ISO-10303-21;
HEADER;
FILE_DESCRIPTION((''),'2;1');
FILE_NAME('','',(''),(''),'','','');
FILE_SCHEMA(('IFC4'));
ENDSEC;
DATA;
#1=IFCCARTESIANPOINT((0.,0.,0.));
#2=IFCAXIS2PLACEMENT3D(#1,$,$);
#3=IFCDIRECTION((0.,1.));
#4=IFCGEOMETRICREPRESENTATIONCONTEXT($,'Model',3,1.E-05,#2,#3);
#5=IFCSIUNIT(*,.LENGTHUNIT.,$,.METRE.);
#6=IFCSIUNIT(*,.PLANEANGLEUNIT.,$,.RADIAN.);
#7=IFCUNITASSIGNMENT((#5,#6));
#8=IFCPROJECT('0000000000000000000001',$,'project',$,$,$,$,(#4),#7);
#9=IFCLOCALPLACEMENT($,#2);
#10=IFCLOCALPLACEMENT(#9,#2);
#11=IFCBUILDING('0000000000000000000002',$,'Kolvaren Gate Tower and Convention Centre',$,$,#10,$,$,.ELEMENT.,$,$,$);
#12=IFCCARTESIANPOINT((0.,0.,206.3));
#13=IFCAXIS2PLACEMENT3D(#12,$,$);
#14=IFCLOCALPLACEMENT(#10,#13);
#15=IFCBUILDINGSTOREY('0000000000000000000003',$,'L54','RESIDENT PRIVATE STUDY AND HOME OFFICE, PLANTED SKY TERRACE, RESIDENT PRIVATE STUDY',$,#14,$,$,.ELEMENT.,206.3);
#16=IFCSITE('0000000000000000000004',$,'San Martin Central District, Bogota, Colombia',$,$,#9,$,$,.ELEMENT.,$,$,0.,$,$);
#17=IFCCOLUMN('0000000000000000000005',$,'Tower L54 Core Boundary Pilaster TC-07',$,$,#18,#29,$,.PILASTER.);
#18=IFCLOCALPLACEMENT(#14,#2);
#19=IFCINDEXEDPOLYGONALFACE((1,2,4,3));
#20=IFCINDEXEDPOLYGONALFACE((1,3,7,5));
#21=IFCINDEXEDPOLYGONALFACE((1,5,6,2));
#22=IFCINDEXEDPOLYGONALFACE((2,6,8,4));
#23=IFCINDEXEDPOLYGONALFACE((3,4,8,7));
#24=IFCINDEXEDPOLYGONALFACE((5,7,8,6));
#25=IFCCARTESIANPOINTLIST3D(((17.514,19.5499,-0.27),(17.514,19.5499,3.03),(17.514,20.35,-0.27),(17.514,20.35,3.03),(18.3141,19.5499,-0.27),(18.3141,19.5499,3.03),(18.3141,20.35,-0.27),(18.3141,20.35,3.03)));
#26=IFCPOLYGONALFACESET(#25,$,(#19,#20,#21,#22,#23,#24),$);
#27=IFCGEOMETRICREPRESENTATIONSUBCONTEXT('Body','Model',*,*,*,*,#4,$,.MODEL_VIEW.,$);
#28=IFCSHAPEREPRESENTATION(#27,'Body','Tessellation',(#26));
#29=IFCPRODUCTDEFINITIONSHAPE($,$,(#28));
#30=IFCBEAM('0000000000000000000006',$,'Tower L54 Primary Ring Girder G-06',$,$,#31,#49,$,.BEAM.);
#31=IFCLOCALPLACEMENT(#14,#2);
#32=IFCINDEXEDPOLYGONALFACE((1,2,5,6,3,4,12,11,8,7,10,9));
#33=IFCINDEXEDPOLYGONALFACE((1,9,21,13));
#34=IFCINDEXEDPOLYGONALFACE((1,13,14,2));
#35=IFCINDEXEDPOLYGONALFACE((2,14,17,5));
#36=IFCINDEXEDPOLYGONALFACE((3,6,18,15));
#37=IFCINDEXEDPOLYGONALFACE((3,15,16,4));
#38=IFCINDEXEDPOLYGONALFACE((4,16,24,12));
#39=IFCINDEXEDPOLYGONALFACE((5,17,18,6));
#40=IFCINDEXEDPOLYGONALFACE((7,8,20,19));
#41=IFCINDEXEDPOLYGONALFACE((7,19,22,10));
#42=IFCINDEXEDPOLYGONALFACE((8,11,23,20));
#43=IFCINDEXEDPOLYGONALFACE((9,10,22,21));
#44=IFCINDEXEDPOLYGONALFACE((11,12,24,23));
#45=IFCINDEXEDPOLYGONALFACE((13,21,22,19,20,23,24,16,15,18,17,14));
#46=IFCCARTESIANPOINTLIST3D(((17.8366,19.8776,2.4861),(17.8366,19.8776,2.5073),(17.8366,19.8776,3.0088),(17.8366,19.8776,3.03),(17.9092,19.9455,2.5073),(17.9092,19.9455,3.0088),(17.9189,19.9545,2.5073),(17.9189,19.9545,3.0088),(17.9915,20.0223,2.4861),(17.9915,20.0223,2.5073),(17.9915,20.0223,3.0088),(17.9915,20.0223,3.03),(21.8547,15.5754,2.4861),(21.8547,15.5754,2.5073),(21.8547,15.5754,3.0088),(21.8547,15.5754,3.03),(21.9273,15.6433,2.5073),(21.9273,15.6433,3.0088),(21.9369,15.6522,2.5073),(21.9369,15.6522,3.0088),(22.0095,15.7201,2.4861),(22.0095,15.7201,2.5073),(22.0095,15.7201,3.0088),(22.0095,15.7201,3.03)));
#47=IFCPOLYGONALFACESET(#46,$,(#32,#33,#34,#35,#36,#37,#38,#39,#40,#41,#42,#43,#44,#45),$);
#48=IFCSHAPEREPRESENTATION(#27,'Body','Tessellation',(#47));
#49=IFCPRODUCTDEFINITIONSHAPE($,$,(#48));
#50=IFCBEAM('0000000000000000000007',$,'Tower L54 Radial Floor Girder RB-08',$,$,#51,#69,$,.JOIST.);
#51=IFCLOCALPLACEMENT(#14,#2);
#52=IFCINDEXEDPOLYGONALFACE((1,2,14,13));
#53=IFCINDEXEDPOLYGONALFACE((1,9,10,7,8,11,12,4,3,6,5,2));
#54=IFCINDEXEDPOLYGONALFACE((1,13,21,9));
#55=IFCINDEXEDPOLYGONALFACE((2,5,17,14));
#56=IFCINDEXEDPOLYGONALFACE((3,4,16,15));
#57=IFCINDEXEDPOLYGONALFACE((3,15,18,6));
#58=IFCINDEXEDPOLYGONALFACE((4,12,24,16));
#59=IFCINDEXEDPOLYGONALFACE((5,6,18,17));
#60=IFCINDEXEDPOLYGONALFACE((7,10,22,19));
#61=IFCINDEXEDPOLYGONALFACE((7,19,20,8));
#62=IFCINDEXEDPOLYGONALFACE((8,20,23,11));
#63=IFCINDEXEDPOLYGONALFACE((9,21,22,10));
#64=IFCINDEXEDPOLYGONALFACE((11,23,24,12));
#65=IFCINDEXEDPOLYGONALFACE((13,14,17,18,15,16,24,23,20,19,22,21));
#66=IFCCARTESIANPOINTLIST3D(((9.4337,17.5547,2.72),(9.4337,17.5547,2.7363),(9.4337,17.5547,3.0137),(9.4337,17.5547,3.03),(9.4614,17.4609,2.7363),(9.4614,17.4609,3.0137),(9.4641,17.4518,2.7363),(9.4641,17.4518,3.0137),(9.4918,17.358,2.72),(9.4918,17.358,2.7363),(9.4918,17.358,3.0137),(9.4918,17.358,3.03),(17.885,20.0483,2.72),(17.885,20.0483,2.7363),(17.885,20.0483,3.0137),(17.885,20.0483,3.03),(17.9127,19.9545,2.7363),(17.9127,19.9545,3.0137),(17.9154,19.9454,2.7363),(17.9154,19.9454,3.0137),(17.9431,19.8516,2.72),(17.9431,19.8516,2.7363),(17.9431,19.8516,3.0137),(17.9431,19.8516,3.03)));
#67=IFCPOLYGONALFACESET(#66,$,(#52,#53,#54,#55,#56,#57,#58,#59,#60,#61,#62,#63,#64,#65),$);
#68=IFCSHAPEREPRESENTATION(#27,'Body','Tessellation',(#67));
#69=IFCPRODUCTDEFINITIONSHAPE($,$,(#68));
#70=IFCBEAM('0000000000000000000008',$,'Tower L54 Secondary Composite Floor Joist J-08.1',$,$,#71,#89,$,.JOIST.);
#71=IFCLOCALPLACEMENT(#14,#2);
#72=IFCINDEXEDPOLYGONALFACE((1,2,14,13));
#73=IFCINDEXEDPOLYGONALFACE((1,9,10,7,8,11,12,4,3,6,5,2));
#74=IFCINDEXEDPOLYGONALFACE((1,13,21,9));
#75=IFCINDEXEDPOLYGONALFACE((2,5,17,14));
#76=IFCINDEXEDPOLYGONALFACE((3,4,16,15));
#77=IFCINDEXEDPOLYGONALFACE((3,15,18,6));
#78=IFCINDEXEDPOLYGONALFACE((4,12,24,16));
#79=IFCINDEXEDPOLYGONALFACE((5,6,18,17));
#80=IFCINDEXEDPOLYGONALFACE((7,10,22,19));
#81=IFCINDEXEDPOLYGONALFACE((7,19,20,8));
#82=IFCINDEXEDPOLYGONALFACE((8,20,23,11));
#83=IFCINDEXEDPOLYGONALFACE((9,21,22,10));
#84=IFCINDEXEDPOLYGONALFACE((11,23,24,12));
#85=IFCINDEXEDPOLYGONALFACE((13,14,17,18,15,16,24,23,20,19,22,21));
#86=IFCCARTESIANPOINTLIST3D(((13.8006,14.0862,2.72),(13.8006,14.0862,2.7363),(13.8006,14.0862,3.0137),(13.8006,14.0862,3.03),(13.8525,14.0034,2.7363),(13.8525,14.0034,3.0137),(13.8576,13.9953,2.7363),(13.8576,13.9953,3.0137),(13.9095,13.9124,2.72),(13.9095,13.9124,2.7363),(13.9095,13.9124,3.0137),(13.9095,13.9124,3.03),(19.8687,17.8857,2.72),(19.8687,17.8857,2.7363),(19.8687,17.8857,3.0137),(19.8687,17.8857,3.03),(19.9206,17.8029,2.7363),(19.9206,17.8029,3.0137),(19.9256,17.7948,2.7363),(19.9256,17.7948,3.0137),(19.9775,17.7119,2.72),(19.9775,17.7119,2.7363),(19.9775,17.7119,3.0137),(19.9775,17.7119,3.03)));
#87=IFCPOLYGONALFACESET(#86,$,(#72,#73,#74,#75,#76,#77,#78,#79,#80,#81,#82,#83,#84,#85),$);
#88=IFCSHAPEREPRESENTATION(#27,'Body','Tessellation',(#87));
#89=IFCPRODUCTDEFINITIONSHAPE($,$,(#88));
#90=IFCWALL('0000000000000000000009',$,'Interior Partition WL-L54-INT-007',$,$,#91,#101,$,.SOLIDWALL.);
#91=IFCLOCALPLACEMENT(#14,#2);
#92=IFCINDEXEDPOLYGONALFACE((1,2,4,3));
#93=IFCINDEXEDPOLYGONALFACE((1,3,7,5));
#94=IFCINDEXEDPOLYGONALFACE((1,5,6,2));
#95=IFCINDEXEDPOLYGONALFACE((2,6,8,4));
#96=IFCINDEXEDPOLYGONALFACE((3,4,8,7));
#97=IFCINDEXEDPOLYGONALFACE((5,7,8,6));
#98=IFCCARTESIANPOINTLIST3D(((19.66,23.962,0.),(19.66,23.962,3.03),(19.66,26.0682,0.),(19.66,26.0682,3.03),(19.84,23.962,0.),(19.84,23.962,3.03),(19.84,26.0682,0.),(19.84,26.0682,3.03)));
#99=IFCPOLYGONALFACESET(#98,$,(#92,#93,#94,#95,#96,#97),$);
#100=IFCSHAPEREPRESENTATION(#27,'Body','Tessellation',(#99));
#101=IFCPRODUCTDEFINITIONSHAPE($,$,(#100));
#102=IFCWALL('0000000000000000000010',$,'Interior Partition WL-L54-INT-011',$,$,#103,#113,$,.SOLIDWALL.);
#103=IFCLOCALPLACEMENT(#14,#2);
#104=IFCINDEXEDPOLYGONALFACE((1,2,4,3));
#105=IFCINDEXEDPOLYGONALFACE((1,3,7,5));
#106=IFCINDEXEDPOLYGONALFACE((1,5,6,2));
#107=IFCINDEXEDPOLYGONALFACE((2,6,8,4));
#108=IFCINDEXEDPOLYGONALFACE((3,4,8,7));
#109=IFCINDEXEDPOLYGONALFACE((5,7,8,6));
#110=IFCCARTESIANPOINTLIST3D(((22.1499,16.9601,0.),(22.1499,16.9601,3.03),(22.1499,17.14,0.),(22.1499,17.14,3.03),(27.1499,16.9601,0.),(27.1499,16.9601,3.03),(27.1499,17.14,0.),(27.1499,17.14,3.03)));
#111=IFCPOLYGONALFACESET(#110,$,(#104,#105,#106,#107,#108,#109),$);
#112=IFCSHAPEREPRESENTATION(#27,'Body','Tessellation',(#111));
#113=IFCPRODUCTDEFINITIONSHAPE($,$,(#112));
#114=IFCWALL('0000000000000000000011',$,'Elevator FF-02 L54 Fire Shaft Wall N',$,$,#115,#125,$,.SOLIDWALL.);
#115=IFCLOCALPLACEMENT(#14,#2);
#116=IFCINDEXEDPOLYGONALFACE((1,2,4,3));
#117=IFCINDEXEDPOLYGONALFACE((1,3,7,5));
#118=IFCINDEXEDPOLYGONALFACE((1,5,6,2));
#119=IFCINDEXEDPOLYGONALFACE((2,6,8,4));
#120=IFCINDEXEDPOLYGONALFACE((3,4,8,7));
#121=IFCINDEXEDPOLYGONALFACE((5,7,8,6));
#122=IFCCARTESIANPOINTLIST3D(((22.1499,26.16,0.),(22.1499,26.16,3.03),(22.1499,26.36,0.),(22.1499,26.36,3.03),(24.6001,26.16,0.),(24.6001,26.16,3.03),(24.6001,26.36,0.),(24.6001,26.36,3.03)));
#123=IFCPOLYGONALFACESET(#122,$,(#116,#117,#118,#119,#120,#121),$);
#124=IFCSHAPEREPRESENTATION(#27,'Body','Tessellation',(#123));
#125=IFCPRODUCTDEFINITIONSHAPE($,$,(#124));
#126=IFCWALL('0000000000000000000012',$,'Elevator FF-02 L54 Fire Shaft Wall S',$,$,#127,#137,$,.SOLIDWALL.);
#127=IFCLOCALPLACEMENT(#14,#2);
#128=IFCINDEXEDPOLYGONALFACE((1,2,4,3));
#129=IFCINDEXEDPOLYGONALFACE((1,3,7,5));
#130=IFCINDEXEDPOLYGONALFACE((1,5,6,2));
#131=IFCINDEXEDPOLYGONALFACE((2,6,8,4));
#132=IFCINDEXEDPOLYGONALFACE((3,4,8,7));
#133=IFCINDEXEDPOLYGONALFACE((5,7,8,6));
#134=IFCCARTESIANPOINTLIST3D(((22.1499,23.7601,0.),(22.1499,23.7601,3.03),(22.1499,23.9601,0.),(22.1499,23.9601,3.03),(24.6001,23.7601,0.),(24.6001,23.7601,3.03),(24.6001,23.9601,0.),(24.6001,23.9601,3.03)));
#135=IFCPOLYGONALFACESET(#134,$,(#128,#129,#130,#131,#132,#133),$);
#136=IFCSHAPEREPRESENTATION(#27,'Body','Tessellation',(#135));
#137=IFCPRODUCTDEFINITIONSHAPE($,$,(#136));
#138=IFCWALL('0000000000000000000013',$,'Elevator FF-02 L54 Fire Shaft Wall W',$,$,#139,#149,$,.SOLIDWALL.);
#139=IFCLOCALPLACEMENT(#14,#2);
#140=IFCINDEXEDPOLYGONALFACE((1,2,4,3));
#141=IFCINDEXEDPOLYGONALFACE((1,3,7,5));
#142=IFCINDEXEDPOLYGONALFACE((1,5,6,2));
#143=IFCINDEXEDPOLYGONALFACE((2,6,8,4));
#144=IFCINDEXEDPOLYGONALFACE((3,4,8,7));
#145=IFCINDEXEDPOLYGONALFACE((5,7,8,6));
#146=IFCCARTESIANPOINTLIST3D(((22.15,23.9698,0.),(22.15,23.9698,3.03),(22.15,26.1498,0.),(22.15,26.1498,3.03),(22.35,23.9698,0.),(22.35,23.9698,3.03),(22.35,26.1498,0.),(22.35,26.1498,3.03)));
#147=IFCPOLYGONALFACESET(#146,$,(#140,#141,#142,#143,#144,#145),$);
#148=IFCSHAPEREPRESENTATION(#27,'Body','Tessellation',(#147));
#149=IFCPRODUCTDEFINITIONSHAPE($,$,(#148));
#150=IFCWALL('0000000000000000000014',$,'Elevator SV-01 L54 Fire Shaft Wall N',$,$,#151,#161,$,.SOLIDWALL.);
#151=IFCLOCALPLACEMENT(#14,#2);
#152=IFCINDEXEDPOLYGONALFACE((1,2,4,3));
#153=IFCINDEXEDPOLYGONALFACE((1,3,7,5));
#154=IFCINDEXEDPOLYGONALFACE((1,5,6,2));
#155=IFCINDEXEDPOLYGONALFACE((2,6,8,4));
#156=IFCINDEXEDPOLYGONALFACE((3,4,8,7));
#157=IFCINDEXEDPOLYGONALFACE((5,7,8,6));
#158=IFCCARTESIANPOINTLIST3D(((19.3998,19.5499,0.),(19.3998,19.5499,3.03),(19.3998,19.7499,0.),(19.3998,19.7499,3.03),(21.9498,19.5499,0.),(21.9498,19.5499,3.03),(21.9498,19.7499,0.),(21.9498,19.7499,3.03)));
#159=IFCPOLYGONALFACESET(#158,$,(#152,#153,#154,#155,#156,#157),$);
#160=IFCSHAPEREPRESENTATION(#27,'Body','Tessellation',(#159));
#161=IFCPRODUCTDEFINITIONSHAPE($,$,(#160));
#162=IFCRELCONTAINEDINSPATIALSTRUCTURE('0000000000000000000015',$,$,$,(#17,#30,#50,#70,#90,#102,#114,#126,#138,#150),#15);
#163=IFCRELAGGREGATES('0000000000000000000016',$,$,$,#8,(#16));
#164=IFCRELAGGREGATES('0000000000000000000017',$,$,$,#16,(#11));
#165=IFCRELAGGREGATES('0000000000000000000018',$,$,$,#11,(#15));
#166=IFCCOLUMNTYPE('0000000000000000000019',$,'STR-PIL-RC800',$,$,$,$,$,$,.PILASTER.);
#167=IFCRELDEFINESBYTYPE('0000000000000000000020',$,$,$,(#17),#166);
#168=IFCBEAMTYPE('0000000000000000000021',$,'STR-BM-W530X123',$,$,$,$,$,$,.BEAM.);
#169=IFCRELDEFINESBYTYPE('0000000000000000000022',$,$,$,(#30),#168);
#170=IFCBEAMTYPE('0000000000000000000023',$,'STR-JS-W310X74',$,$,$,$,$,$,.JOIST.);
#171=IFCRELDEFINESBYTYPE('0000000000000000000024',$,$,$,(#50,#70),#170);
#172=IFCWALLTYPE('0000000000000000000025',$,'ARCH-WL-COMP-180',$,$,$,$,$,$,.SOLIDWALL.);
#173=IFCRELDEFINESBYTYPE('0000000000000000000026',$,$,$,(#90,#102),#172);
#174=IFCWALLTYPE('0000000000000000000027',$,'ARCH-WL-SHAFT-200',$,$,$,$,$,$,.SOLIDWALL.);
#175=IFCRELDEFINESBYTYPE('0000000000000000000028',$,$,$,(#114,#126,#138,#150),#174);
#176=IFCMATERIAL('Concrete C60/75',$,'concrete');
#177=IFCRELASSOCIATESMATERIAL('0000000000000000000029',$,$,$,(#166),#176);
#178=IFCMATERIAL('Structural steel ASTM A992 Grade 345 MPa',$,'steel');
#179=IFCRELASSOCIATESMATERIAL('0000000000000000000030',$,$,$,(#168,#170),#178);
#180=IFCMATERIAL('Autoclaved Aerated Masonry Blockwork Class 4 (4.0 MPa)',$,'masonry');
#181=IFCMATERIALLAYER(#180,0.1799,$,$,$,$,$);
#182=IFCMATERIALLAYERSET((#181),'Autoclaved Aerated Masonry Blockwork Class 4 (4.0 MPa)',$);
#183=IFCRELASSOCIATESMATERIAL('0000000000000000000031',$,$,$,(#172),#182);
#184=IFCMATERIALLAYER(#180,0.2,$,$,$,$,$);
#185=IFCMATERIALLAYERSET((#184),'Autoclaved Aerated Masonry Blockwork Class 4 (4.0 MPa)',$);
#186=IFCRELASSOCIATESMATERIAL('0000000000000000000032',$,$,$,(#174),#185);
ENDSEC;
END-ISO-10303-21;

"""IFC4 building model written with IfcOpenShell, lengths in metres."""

from ifc_helpers import new_model, si_unit, direction, frame, frame_2d, origin, origin_2d, place, context, subcontext, project, spatial, rectangle, i_section, extrude, material, layer, layer_set, material_profile, profile_set, type_object, element, save


model = new_model("IFC4")

# Units and contexts
model_context = context("Model", 3, precision=1e-05, world=origin(), true_north=direction((0.0, 1.0)))
body_context = subcontext(model_context, "Body", "Model", "MODEL_VIEW")
ifc_project = project(units=[si_unit("LENGTHUNIT", "METRE"), si_unit("PLANEANGLEUNIT", "RADIAN")], contexts=[model_context])

# Site, building, storey
site_placement = place(None, origin())
site = spatial("IfcSite", under=ifc_project, at=site_placement, Name="San Martin Central District, Bogota, Colombia", CompositionType="ELEMENT", RefElevation=0.0)
building_placement = place(site_placement, origin())
building = spatial("IfcBuilding", under=site, at=building_placement, Name="Kolvaren Gate Tower and Convention Centre", CompositionType="ELEMENT")
storey_placement = place(building_placement, frame((0.0, 0.0, 206.3)))
storey = spatial("IfcBuildingStorey", under=building, at=storey_placement, Name="L54", Description="RESIDENT PRIVATE STUDY AND HOME OFFICE, PLANTED SKY TERRACE, RESIDENT PRIVATE STUDY", CompositionType="ELEMENT", Elevation=206.3)

# Column
ifc_material_1 = material(Name="Concrete C60/75", Category="concrete")
ifc_material_profile_1 = material_profile(ifc_material_1, rectangle(XDim=0.8, YDim=0.8, at=origin_2d()), Name="RC-COL-800X800")
ifc_profile_set_1 = profile_set([ifc_material_profile_1], Name="Concrete C60/75")
column_type = type_object("IfcColumnType", Name="STR-PIL-RC800", PredefinedType="PILASTER", material=ifc_profile_set_1)
column_placement = place(storey_placement, frame((17.9141, 19.95, -0.27), z_axis=(0.0, 0.0, 1.0), x_axis=(1.0, 0.0, 0.0)))
element("IfcColumn", 1, at=column_placement, inside=storey, type_object=column_type, Name="Tower L54 Core Boundary Pilaster TC-07", PredefinedType="PILASTER", context=body_context, shape_type="SweptSolid", body=[
    extrude(rectangle(XDim=0.8, YDim=0.8, at=origin_2d()), origin(), (0.0, 0.0, 1.0), 3.3),
])

# Beams
ifc_material_2 = material(Name="Structural steel ASTM A992 Grade 345 MPa", Category="steel")
ifc_material_profile_2 = material_profile(ifc_material_2, i_section(OverallWidth=0.2119, OverallDepth=0.5439, WebThickness=0.0132, FlangeThickness=0.0212, at=origin_2d()), Name="W530X123")
ifc_profile_set_2 = profile_set([ifc_material_profile_2], Name="Structural steel ASTM A992 Grade 345 MPa")
beam_type_1 = type_object("IfcBeamType", Name="STR-BM-W530X123", PredefinedType="BEAM", material=ifc_profile_set_2)
beam_1_placement = place(storey_placement, frame((17.9141, 19.95, 2.7581), z_axis=(0.682558, -0.730832, 0.0), x_axis=(0.730832, 0.682558, 0.0)))
element("IfcBeam", 2, at=beam_1_placement, inside=storey, type_object=beam_type_1, Name="Tower L54 Primary Ring Girder G-06", PredefinedType="BEAM", context=body_context, shape_type="SweptSolid", body=[
    extrude(i_section(OverallWidth=0.2119, OverallDepth=0.5439, WebThickness=0.0132, FlangeThickness=0.0212, at=origin_2d()), origin(), (0.0, 0.0, 1.0), 5.8867),
])
ifc_material_profile_3 = material_profile(ifc_material_2, i_section(OverallWidth=0.2051, OverallDepth=0.3101, WebThickness=0.0095, FlangeThickness=0.0164, at=origin_2d()), Name="W310X74")
ifc_profile_set_3 = profile_set([ifc_material_profile_3], Name="Structural steel ASTM A992 Grade 345 MPa")
beam_type_2 = type_object("IfcBeamType", Name="STR-JS-W310X74", PredefinedType="JOIST", material=ifc_profile_set_3)
beam_2_placement = place(storey_placement, frame((17.9141, 19.95, 2.875), z_axis=(-0.959121, -0.282996, 0.0), x_axis=(0.282996, -0.959121, 0.0)))
element("IfcBeam", 3, at=beam_2_placement, inside=storey, type_object=beam_type_2, Name="Tower L54 Radial Floor Girder RB-08", PredefinedType="JOIST", context=body_context, shape_type="SweptSolid", body=[
    extrude(i_section(OverallWidth=0.2051, OverallDepth=0.3101, WebThickness=0.0095, FlangeThickness=0.0164, at=origin_2d()), origin(), (0.0, 0.0, 1.0), 8.8115),
])
beam_3_placement = place(storey_placement, frame((19.9231, 17.7988, 2.875), z_axis=(-0.847559, -0.530701, 0.0), x_axis=(0.530701, -0.847559, 0.0)))
element("IfcBeam", 4, at=beam_3_placement, inside=storey, type_object=beam_type_2, Name="Tower L54 Secondary Composite Floor Joist J-08.1", PredefinedType="JOIST", context=body_context, shape_type="SweptSolid", body=[
    extrude(i_section(OverallWidth=0.2051, OverallDepth=0.3101, WebThickness=0.0095, FlangeThickness=0.0164, at=origin_2d()), origin(), (0.0, 0.0, 1.0), 7.1594),
])

# Walls
ifc_material_3 = material(Name="Autoclaved Aerated Masonry Blockwork Class 4 (4.0 MPa)", Category="masonry")
ifc_layer_1 = layer(ifc_material_3, 0.1799)
ifc_layer_set_1 = layer_set([ifc_layer_1], Name="Autoclaved Aerated Masonry Blockwork Class 4 (4.0 MPa)")
wall_type_1 = type_object("IfcWallType", Name="ARCH-WL-COMP-180", PredefinedType="SOLIDWALL", material=ifc_layer_set_1)
wall_1_placement = place(storey_placement, frame((19.75, 23.9619, 0.0), z_axis=(0.0, 0.0, 1.0), x_axis=(0.0, 1.0, 0.0)))
element("IfcWall", 5, at=wall_1_placement, inside=storey, type_object=wall_type_1, Name="Interior Partition WL-L54-INT-007", PredefinedType="SOLIDWALL", context=body_context, shape_type="SweptSolid", body=[
    extrude(rectangle(XDim=2.1062, YDim=0.1799, at=frame_2d((1.0532, 0.0))), origin(), (0.0, 0.0, 1.0), 3.03),
])
wall_2_placement = place(storey_placement, frame((22.1499, 17.05, 0.0), z_axis=(0.0, 0.0, 1.0), x_axis=(1.0, 0.0, 0.0)))
element("IfcWall", 6, at=wall_2_placement, inside=storey, type_object=wall_type_1, Name="Interior Partition WL-L54-INT-011", PredefinedType="SOLIDWALL", context=body_context, shape_type="SweptSolid", body=[
    extrude(rectangle(XDim=5.0, YDim=0.1799, at=frame_2d((2.5, 0.0))), origin(), (0.0, 0.0, 1.0), 3.03),
])
ifc_layer_2 = layer(ifc_material_3, 0.2)
ifc_layer_set_2 = layer_set([ifc_layer_2], Name="Autoclaved Aerated Masonry Blockwork Class 4 (4.0 MPa)")
wall_type_2 = type_object("IfcWallType", Name="ARCH-WL-SHAFT-200", PredefinedType="SOLIDWALL", material=ifc_layer_set_2)
for number, where, z_axis, x_axis, name in (
    (7, (22.1499, 26.26, 0.0), (0.0, 0.0, 1.0), (1.0, 0.0, 0.0), "Elevator FF-02 L54 Fire Shaft Wall N"),
    (8, (22.1499, 23.8601, 0.0), (0.0, 0.0, 1.0), (1.0, 0.0, 0.0), "Elevator FF-02 L54 Fire Shaft Wall S"),
):
    element("IfcWall", number, at=place(storey_placement, frame(where, z_axis=z_axis, x_axis=x_axis)), inside=storey, type_object=wall_type_2, Name=name, PredefinedType="SOLIDWALL", context=body_context, shape_type="SweptSolid", body=[
        extrude(rectangle(XDim=2.4502, YDim=0.2, at=frame_2d((1.2251, 0.0))), origin(), (0.0, 0.0, 1.0), 3.03),
    ])
wall_3_placement = place(storey_placement, frame((22.25, 23.97, 0.0), z_axis=(0.0, 0.0, 1.0), x_axis=(0.0, 1.0, 0.0)))
element("IfcWall", 9, at=wall_3_placement, inside=storey, type_object=wall_type_2, Name="Elevator FF-02 L54 Fire Shaft Wall W", PredefinedType="SOLIDWALL", context=body_context, shape_type="SweptSolid", body=[
    extrude(rectangle(XDim=2.1799, YDim=0.2, at=frame_2d((1.0898, 0.0))), origin(), (0.0, 0.0, 1.0), 3.03),
])
wall_4_placement = place(storey_placement, frame((19.3999, 19.6499, 0.0), z_axis=(0.0, 0.0, 1.0), x_axis=(1.0, 0.0, 0.0)))
element("IfcWall", 10, at=wall_4_placement, inside=storey, type_object=wall_type_2, Name="Elevator SV-01 L54 Fire Shaft Wall N", PredefinedType="SOLIDWALL", context=body_context, shape_type="SweptSolid", body=[
    extrude(rectangle(XDim=2.55, YDim=0.2, at=frame_2d((1.2749, 0.0))), origin(), (0.0, 0.0, 1.0), 3.03),
])

save(model, "model.ifc")
